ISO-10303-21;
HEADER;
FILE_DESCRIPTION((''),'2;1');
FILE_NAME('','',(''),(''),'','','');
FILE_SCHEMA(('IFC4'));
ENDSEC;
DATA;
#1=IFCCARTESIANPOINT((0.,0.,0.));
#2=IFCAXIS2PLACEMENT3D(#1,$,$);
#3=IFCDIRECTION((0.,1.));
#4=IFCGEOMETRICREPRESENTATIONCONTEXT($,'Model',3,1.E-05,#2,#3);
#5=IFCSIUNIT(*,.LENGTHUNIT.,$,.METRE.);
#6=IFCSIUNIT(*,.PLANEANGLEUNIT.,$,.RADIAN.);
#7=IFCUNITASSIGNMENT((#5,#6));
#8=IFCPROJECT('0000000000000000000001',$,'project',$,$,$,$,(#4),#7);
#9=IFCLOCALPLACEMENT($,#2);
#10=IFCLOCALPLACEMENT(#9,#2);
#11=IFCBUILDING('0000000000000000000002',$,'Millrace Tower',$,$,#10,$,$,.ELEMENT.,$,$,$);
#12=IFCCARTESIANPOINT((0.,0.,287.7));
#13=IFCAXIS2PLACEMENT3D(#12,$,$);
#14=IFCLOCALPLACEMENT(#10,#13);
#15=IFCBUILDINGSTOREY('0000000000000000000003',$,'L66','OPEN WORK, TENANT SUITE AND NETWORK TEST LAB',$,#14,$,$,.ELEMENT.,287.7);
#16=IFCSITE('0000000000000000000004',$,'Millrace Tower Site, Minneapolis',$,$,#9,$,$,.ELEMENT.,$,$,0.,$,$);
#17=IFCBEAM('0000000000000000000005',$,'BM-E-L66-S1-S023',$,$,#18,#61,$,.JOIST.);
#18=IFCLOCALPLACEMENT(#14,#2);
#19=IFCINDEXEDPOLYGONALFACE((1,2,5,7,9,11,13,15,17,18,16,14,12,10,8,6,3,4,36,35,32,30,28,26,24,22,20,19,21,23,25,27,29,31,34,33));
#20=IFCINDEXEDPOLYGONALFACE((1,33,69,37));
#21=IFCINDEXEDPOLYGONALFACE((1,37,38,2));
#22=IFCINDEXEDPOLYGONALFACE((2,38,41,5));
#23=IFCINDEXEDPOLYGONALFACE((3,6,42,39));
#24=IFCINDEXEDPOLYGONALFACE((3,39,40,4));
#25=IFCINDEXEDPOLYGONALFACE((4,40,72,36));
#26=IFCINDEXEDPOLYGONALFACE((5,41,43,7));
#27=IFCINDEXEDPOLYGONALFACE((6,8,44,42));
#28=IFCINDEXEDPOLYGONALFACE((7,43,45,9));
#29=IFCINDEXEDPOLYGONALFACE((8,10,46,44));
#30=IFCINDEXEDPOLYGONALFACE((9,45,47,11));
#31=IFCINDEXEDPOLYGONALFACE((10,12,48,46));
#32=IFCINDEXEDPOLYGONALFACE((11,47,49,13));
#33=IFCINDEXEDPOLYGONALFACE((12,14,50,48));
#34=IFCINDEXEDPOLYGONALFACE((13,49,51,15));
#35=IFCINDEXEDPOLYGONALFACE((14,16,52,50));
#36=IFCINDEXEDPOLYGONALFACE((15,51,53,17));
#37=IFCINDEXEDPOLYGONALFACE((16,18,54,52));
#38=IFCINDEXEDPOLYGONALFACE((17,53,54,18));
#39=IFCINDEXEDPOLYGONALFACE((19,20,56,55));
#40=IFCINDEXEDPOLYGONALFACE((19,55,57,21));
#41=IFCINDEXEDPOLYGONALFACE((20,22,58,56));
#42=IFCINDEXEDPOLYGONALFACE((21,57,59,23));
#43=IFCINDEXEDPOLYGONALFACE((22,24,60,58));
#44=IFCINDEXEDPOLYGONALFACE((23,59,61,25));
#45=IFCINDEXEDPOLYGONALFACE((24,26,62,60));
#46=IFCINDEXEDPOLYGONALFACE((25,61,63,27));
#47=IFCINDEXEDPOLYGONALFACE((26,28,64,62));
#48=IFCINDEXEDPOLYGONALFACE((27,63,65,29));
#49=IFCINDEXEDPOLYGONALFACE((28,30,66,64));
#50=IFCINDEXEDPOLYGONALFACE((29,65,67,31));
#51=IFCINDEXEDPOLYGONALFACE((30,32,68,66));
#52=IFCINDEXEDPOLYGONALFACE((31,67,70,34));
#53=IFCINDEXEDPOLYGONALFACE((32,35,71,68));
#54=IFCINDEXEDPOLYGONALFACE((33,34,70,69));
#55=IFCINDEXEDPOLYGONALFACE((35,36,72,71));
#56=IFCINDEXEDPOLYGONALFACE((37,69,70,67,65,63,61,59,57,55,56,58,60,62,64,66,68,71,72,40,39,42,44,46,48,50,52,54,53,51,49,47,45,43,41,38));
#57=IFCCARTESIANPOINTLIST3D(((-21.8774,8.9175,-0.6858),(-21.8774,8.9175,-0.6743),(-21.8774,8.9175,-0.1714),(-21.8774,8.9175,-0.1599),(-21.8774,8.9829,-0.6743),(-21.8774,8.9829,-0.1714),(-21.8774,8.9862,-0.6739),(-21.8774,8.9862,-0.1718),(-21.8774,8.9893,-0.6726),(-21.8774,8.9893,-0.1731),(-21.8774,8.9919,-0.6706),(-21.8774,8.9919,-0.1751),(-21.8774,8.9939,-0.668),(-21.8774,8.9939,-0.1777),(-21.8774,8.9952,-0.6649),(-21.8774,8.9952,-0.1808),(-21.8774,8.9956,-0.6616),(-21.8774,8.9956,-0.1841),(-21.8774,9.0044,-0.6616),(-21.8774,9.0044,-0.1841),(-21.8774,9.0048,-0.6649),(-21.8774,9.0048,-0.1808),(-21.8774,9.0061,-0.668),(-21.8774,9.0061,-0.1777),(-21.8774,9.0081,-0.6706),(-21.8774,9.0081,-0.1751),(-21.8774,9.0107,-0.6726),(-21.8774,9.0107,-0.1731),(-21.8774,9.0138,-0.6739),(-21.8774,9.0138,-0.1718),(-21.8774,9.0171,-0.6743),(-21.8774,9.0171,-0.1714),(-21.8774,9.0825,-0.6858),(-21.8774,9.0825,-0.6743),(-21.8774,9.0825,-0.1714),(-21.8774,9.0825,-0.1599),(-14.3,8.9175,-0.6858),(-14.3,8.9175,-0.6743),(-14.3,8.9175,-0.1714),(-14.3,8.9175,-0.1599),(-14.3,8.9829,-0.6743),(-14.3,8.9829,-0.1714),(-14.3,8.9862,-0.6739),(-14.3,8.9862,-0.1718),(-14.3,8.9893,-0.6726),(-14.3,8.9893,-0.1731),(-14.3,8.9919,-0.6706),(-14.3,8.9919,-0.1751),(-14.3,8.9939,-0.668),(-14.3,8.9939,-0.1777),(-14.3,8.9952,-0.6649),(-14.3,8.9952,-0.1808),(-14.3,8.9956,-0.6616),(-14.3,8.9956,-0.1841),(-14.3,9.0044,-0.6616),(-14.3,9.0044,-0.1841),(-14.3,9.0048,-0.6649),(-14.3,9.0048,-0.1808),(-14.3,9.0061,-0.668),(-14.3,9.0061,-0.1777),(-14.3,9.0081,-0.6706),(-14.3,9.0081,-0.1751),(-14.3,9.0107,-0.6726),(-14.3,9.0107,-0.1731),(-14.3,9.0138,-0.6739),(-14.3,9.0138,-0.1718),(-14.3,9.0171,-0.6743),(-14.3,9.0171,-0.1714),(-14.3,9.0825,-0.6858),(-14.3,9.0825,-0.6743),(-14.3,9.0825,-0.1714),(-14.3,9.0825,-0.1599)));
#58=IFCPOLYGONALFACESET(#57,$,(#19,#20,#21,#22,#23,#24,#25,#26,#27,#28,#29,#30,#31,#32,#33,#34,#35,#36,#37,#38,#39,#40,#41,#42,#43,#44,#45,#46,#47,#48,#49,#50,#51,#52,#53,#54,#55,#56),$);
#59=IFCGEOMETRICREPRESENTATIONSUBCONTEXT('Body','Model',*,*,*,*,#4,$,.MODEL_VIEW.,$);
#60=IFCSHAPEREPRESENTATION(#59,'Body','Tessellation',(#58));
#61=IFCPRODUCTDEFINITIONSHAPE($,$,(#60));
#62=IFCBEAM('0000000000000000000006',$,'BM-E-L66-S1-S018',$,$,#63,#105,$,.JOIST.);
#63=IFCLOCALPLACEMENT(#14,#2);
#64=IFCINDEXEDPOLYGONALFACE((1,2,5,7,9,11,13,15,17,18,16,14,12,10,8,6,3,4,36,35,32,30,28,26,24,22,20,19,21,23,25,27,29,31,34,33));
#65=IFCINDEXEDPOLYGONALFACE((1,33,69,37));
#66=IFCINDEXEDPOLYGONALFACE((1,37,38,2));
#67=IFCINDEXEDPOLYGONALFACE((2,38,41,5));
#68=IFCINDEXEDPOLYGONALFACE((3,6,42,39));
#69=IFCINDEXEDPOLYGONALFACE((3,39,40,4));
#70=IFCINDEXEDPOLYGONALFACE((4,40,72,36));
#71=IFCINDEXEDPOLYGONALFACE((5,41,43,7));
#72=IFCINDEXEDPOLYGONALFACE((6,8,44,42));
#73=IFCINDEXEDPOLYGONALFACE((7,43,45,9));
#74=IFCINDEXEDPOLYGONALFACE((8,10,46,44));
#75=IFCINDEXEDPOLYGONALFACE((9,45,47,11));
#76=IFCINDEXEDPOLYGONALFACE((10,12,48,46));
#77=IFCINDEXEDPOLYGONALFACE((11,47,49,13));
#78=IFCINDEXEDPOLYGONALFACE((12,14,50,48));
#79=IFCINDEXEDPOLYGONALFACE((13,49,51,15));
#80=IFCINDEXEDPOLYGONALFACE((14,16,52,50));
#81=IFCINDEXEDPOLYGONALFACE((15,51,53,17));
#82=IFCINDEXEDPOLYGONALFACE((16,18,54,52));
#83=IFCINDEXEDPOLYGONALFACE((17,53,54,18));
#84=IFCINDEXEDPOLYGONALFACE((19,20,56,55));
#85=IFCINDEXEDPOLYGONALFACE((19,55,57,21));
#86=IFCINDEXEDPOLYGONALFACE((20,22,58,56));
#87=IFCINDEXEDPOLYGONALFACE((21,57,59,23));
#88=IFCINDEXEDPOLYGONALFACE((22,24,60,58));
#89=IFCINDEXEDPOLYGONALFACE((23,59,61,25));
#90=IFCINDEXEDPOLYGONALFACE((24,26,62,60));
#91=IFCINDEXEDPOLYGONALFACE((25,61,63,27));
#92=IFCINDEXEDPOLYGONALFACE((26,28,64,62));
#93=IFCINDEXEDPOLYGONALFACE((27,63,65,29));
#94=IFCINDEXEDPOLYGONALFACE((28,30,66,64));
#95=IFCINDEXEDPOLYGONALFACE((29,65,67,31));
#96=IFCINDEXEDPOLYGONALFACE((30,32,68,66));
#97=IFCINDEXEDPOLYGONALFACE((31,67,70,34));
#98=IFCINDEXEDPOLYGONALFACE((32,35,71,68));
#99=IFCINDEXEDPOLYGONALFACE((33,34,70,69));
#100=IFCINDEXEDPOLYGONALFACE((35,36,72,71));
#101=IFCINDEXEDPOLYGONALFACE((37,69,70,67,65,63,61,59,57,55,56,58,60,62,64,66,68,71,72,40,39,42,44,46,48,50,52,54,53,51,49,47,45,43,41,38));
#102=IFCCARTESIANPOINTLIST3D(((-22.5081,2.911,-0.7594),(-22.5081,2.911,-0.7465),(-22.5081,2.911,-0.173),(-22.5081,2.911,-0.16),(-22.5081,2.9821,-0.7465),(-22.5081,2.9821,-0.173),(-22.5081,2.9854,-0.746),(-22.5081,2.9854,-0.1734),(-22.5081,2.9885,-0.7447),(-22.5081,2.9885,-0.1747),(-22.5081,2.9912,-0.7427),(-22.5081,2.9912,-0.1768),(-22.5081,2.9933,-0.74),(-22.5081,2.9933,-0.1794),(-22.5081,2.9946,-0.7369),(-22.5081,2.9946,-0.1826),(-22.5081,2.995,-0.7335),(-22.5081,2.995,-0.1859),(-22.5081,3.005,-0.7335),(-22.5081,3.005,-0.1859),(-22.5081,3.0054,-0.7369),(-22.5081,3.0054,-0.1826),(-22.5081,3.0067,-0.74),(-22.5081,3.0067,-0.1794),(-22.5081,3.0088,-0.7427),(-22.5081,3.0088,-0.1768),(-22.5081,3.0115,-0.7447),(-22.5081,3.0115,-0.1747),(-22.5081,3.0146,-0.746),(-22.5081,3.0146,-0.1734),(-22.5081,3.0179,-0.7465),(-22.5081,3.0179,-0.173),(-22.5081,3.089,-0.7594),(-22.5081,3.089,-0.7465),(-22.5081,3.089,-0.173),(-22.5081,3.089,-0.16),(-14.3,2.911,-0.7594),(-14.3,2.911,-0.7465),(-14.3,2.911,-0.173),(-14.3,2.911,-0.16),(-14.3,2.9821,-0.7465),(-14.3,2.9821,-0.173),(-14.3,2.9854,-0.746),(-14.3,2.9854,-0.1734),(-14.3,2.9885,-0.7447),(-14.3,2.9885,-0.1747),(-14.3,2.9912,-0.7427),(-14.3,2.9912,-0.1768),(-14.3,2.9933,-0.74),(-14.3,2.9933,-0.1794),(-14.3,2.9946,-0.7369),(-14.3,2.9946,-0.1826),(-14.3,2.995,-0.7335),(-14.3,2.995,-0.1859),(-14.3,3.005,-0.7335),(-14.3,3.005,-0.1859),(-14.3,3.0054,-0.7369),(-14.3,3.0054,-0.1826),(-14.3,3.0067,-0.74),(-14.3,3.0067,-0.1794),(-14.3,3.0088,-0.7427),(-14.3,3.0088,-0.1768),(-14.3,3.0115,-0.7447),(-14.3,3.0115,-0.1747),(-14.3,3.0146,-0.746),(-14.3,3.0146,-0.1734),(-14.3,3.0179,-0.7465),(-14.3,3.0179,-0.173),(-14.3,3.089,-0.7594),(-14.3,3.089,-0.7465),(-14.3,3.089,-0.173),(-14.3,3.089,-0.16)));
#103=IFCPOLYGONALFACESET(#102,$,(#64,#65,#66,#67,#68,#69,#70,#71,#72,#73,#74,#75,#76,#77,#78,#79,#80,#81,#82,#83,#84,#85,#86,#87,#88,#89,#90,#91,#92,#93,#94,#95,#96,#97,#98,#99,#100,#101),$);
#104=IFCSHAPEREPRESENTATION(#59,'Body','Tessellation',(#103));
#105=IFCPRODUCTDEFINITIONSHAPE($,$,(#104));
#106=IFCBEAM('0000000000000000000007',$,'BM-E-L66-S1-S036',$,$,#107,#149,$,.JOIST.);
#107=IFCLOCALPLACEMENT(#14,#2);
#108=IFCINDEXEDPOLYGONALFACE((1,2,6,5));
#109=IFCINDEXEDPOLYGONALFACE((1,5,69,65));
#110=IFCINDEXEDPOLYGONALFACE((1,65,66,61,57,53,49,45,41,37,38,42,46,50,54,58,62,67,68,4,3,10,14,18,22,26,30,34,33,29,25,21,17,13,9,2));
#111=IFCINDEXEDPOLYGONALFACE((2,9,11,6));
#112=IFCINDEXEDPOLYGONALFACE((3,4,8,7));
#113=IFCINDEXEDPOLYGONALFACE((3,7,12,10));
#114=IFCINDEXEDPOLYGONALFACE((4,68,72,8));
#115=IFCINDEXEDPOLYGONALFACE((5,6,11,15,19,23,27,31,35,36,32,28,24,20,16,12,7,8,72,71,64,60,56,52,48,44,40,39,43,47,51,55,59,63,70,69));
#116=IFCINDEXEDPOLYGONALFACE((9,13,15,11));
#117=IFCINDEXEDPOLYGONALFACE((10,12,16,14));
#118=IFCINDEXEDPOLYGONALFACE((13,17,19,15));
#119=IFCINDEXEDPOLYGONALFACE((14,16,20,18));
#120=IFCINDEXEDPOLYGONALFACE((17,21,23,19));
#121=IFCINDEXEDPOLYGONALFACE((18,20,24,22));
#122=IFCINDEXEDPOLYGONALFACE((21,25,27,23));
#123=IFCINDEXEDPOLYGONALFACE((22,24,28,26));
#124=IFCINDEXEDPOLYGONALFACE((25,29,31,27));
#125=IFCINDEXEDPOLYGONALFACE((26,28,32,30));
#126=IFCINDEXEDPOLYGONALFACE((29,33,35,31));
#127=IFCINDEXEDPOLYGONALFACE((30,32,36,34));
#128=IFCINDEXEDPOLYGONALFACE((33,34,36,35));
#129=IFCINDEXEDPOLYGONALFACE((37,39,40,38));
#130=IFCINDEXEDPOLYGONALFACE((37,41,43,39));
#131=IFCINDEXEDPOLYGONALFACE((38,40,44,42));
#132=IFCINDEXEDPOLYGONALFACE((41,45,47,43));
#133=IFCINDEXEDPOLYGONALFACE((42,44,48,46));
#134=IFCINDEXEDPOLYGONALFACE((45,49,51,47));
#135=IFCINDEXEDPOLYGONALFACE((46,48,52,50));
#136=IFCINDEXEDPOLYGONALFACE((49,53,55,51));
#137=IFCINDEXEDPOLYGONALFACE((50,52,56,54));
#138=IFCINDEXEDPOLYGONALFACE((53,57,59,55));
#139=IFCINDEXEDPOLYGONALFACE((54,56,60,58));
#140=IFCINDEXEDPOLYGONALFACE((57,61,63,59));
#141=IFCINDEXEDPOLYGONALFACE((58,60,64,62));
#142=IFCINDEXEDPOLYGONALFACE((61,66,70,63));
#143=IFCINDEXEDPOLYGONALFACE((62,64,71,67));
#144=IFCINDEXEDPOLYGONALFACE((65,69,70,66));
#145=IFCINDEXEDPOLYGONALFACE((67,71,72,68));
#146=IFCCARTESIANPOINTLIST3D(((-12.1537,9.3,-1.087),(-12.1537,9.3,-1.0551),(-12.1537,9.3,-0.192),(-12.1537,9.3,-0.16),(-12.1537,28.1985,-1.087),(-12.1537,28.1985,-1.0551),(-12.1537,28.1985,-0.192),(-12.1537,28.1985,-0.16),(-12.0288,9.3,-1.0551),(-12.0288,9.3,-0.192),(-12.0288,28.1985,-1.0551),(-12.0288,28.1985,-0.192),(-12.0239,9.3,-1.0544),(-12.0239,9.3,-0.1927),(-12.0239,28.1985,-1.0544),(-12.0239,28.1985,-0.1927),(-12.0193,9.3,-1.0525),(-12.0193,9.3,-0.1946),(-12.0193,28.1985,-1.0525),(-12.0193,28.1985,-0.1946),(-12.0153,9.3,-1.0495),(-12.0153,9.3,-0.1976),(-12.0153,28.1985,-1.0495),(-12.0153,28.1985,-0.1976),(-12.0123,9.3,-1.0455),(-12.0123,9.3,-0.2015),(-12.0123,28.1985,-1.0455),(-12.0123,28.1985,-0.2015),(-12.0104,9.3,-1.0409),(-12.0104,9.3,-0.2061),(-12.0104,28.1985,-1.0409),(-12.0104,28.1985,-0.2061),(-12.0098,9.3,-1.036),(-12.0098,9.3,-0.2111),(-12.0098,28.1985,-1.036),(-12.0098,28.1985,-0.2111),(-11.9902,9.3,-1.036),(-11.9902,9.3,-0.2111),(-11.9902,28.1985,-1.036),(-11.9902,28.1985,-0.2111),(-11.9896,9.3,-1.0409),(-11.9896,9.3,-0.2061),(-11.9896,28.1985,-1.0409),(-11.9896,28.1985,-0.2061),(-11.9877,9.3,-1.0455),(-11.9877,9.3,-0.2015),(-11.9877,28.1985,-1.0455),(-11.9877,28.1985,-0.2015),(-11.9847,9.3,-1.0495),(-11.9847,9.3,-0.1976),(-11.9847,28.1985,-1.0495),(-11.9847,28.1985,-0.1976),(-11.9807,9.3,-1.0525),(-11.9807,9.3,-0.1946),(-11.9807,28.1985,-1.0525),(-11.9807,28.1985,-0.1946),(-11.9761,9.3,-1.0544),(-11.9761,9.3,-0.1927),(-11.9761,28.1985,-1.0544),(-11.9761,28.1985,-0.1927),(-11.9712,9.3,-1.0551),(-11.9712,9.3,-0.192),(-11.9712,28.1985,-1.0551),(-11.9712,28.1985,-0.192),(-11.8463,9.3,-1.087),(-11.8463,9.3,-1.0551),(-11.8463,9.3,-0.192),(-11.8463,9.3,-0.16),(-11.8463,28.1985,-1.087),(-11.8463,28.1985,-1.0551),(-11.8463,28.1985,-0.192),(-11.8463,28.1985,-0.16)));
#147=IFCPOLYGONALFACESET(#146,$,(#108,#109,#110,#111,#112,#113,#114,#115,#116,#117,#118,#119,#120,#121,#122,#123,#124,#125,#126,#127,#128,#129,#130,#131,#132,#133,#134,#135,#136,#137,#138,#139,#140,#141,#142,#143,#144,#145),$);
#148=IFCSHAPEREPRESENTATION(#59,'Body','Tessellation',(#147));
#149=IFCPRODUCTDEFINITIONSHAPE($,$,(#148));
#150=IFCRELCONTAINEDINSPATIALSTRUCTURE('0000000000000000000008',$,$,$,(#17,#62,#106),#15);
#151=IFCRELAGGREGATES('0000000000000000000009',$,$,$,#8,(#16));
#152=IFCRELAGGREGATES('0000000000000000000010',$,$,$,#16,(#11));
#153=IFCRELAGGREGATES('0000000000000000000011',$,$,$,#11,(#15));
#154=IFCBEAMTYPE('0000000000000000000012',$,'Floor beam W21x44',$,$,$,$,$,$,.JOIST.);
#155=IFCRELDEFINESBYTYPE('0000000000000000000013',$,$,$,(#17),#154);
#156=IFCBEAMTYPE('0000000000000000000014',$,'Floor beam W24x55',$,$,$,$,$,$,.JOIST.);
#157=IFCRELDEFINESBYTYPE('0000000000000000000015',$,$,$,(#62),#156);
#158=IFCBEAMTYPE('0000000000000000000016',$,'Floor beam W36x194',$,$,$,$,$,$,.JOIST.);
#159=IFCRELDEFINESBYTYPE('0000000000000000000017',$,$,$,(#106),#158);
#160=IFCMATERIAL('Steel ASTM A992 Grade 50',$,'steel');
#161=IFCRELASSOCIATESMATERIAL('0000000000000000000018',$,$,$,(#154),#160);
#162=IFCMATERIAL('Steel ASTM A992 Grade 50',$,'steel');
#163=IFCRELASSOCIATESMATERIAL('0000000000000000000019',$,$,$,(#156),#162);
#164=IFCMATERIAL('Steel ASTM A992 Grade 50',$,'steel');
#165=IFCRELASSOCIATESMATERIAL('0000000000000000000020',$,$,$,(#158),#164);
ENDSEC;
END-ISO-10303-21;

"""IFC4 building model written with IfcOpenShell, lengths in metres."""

from ifc_helpers import new_model, si_unit, direction, frame, origin, origin_2d, place, context, subcontext, project, spatial, i_section, extrude, material, material_profile, profile_set, type_object, element, save


model = new_model("IFC4")

# Units and contexts
model_context = context("Model", 3, precision=1e-05, world=origin(), true_north=direction((0.0, 1.0)))
body_context = subcontext(model_context, "Body", "Model", "MODEL_VIEW")
ifc_project = project(units=[si_unit("LENGTHUNIT", "METRE"), si_unit("PLANEANGLEUNIT", "RADIAN")], contexts=[model_context])

# Site, building, storey
site_placement = place(None, origin())
site = spatial("IfcSite", under=ifc_project, at=site_placement, Name="Millrace Tower Site, Minneapolis", CompositionType="ELEMENT", RefElevation=0.0)
building_placement = place(site_placement, origin())
building = spatial("IfcBuilding", under=site, at=building_placement, Name="Millrace Tower", CompositionType="ELEMENT")
storey_placement = place(building_placement, frame((0.0, 0.0, 287.7)))
storey = spatial("IfcBuildingStorey", under=building, at=storey_placement, Name="L66", Description="OPEN WORK, TENANT SUITE AND NETWORK TEST LAB", CompositionType="ELEMENT", Elevation=287.7)

# Beams
ifc_material_1 = material(Name="Steel ASTM A992 Grade 50", Category="steel")
ifc_material_profile_1 = material_profile(ifc_material_1, i_section(OverallWidth=0.165, OverallDepth=0.5259, WebThickness=0.0088, FlangeThickness=0.0115, FilletRadius=0.0127, at=origin_2d()))
ifc_profile_set_1 = profile_set([ifc_material_profile_1], Name="Steel ASTM A992 Grade 50")
beam_type_1 = type_object("IfcBeamType", Name="Floor beam W21x44", PredefinedType="JOIST", material=ifc_profile_set_1)
beam_1_placement = place(storey_placement, frame((-21.8774, 9.0, -0.4229), z_axis=(1.0, 0.0, 0.0), x_axis=(0.0, 1.0, 0.0)))
element("IfcBeam", 1, at=beam_1_placement, inside=storey, type_object=beam_type_1, Name="BM-E-L66-S1-S023", PredefinedType="JOIST", context=body_context, shape_type="SweptSolid", body=[
    extrude(i_section(OverallWidth=0.165, OverallDepth=0.5259, WebThickness=0.0088, FlangeThickness=0.0115, FilletRadius=0.0127, at=origin_2d()), origin(), (0.0, 0.0, 1.0), 7.5774),
])
ifc_material_2 = material(Name="Steel ASTM A992 Grade 50", Category="steel")
ifc_material_profile_2 = material_profile(ifc_material_2, i_section(OverallWidth=0.178, OverallDepth=0.5994, WebThickness=0.01, FlangeThickness=0.0129, FilletRadius=0.0129, at=origin_2d()))
ifc_profile_set_2 = profile_set([ifc_material_profile_2], Name="Steel ASTM A992 Grade 50")
beam_type_2 = type_object("IfcBeamType", Name="Floor beam W24x55", PredefinedType="JOIST", material=ifc_profile_set_2)
beam_2_placement = place(storey_placement, frame((-22.5081, 3.0, -0.4597), z_axis=(1.0, 0.0, 0.0), x_axis=(0.0, 1.0, 0.0)))
element("IfcBeam", 2, at=beam_2_placement, inside=storey, type_object=beam_type_2, Name="BM-E-L66-S1-S018", PredefinedType="JOIST", context=body_context, shape_type="SweptSolid", body=[
    extrude(i_section(OverallWidth=0.178, OverallDepth=0.5994, WebThickness=0.01, FlangeThickness=0.0129, FilletRadius=0.0129, at=origin_2d()), origin(), (0.0, 0.0, 1.0), 8.208),
])
ifc_material_3 = material(Name="Steel ASTM A992 Grade 50", Category="steel")
ifc_material_profile_3 = material_profile(ifc_material_3, i_section(OverallWidth=0.3074, OverallDepth=0.927, WebThickness=0.0195, FlangeThickness=0.032, FilletRadius=0.019, at=origin_2d()))
ifc_profile_set_3 = profile_set([ifc_material_profile_3], Name="Steel ASTM A992 Grade 50")
beam_type_3 = type_object("IfcBeamType", Name="Floor beam W36x194", PredefinedType="JOIST", material=ifc_profile_set_3)
beam_3_placement = place(storey_placement, frame((-12.0, 9.3, -0.6235), z_axis=(0.0, 1.0, 0.0), x_axis=(-1.0, 0.0, 0.0)))
element("IfcBeam", 3, at=beam_3_placement, inside=storey, type_object=beam_type_3, Name="BM-E-L66-S1-S036", PredefinedType="JOIST", context=body_context, shape_type="SweptSolid", body=[
    extrude(i_section(OverallWidth=0.3074, OverallDepth=0.927, WebThickness=0.0195, FlangeThickness=0.032, FilletRadius=0.019, at=origin_2d()), origin(), (0.0, 0.0, 1.0), 18.8984),
])

save(model, "model.ifc")
